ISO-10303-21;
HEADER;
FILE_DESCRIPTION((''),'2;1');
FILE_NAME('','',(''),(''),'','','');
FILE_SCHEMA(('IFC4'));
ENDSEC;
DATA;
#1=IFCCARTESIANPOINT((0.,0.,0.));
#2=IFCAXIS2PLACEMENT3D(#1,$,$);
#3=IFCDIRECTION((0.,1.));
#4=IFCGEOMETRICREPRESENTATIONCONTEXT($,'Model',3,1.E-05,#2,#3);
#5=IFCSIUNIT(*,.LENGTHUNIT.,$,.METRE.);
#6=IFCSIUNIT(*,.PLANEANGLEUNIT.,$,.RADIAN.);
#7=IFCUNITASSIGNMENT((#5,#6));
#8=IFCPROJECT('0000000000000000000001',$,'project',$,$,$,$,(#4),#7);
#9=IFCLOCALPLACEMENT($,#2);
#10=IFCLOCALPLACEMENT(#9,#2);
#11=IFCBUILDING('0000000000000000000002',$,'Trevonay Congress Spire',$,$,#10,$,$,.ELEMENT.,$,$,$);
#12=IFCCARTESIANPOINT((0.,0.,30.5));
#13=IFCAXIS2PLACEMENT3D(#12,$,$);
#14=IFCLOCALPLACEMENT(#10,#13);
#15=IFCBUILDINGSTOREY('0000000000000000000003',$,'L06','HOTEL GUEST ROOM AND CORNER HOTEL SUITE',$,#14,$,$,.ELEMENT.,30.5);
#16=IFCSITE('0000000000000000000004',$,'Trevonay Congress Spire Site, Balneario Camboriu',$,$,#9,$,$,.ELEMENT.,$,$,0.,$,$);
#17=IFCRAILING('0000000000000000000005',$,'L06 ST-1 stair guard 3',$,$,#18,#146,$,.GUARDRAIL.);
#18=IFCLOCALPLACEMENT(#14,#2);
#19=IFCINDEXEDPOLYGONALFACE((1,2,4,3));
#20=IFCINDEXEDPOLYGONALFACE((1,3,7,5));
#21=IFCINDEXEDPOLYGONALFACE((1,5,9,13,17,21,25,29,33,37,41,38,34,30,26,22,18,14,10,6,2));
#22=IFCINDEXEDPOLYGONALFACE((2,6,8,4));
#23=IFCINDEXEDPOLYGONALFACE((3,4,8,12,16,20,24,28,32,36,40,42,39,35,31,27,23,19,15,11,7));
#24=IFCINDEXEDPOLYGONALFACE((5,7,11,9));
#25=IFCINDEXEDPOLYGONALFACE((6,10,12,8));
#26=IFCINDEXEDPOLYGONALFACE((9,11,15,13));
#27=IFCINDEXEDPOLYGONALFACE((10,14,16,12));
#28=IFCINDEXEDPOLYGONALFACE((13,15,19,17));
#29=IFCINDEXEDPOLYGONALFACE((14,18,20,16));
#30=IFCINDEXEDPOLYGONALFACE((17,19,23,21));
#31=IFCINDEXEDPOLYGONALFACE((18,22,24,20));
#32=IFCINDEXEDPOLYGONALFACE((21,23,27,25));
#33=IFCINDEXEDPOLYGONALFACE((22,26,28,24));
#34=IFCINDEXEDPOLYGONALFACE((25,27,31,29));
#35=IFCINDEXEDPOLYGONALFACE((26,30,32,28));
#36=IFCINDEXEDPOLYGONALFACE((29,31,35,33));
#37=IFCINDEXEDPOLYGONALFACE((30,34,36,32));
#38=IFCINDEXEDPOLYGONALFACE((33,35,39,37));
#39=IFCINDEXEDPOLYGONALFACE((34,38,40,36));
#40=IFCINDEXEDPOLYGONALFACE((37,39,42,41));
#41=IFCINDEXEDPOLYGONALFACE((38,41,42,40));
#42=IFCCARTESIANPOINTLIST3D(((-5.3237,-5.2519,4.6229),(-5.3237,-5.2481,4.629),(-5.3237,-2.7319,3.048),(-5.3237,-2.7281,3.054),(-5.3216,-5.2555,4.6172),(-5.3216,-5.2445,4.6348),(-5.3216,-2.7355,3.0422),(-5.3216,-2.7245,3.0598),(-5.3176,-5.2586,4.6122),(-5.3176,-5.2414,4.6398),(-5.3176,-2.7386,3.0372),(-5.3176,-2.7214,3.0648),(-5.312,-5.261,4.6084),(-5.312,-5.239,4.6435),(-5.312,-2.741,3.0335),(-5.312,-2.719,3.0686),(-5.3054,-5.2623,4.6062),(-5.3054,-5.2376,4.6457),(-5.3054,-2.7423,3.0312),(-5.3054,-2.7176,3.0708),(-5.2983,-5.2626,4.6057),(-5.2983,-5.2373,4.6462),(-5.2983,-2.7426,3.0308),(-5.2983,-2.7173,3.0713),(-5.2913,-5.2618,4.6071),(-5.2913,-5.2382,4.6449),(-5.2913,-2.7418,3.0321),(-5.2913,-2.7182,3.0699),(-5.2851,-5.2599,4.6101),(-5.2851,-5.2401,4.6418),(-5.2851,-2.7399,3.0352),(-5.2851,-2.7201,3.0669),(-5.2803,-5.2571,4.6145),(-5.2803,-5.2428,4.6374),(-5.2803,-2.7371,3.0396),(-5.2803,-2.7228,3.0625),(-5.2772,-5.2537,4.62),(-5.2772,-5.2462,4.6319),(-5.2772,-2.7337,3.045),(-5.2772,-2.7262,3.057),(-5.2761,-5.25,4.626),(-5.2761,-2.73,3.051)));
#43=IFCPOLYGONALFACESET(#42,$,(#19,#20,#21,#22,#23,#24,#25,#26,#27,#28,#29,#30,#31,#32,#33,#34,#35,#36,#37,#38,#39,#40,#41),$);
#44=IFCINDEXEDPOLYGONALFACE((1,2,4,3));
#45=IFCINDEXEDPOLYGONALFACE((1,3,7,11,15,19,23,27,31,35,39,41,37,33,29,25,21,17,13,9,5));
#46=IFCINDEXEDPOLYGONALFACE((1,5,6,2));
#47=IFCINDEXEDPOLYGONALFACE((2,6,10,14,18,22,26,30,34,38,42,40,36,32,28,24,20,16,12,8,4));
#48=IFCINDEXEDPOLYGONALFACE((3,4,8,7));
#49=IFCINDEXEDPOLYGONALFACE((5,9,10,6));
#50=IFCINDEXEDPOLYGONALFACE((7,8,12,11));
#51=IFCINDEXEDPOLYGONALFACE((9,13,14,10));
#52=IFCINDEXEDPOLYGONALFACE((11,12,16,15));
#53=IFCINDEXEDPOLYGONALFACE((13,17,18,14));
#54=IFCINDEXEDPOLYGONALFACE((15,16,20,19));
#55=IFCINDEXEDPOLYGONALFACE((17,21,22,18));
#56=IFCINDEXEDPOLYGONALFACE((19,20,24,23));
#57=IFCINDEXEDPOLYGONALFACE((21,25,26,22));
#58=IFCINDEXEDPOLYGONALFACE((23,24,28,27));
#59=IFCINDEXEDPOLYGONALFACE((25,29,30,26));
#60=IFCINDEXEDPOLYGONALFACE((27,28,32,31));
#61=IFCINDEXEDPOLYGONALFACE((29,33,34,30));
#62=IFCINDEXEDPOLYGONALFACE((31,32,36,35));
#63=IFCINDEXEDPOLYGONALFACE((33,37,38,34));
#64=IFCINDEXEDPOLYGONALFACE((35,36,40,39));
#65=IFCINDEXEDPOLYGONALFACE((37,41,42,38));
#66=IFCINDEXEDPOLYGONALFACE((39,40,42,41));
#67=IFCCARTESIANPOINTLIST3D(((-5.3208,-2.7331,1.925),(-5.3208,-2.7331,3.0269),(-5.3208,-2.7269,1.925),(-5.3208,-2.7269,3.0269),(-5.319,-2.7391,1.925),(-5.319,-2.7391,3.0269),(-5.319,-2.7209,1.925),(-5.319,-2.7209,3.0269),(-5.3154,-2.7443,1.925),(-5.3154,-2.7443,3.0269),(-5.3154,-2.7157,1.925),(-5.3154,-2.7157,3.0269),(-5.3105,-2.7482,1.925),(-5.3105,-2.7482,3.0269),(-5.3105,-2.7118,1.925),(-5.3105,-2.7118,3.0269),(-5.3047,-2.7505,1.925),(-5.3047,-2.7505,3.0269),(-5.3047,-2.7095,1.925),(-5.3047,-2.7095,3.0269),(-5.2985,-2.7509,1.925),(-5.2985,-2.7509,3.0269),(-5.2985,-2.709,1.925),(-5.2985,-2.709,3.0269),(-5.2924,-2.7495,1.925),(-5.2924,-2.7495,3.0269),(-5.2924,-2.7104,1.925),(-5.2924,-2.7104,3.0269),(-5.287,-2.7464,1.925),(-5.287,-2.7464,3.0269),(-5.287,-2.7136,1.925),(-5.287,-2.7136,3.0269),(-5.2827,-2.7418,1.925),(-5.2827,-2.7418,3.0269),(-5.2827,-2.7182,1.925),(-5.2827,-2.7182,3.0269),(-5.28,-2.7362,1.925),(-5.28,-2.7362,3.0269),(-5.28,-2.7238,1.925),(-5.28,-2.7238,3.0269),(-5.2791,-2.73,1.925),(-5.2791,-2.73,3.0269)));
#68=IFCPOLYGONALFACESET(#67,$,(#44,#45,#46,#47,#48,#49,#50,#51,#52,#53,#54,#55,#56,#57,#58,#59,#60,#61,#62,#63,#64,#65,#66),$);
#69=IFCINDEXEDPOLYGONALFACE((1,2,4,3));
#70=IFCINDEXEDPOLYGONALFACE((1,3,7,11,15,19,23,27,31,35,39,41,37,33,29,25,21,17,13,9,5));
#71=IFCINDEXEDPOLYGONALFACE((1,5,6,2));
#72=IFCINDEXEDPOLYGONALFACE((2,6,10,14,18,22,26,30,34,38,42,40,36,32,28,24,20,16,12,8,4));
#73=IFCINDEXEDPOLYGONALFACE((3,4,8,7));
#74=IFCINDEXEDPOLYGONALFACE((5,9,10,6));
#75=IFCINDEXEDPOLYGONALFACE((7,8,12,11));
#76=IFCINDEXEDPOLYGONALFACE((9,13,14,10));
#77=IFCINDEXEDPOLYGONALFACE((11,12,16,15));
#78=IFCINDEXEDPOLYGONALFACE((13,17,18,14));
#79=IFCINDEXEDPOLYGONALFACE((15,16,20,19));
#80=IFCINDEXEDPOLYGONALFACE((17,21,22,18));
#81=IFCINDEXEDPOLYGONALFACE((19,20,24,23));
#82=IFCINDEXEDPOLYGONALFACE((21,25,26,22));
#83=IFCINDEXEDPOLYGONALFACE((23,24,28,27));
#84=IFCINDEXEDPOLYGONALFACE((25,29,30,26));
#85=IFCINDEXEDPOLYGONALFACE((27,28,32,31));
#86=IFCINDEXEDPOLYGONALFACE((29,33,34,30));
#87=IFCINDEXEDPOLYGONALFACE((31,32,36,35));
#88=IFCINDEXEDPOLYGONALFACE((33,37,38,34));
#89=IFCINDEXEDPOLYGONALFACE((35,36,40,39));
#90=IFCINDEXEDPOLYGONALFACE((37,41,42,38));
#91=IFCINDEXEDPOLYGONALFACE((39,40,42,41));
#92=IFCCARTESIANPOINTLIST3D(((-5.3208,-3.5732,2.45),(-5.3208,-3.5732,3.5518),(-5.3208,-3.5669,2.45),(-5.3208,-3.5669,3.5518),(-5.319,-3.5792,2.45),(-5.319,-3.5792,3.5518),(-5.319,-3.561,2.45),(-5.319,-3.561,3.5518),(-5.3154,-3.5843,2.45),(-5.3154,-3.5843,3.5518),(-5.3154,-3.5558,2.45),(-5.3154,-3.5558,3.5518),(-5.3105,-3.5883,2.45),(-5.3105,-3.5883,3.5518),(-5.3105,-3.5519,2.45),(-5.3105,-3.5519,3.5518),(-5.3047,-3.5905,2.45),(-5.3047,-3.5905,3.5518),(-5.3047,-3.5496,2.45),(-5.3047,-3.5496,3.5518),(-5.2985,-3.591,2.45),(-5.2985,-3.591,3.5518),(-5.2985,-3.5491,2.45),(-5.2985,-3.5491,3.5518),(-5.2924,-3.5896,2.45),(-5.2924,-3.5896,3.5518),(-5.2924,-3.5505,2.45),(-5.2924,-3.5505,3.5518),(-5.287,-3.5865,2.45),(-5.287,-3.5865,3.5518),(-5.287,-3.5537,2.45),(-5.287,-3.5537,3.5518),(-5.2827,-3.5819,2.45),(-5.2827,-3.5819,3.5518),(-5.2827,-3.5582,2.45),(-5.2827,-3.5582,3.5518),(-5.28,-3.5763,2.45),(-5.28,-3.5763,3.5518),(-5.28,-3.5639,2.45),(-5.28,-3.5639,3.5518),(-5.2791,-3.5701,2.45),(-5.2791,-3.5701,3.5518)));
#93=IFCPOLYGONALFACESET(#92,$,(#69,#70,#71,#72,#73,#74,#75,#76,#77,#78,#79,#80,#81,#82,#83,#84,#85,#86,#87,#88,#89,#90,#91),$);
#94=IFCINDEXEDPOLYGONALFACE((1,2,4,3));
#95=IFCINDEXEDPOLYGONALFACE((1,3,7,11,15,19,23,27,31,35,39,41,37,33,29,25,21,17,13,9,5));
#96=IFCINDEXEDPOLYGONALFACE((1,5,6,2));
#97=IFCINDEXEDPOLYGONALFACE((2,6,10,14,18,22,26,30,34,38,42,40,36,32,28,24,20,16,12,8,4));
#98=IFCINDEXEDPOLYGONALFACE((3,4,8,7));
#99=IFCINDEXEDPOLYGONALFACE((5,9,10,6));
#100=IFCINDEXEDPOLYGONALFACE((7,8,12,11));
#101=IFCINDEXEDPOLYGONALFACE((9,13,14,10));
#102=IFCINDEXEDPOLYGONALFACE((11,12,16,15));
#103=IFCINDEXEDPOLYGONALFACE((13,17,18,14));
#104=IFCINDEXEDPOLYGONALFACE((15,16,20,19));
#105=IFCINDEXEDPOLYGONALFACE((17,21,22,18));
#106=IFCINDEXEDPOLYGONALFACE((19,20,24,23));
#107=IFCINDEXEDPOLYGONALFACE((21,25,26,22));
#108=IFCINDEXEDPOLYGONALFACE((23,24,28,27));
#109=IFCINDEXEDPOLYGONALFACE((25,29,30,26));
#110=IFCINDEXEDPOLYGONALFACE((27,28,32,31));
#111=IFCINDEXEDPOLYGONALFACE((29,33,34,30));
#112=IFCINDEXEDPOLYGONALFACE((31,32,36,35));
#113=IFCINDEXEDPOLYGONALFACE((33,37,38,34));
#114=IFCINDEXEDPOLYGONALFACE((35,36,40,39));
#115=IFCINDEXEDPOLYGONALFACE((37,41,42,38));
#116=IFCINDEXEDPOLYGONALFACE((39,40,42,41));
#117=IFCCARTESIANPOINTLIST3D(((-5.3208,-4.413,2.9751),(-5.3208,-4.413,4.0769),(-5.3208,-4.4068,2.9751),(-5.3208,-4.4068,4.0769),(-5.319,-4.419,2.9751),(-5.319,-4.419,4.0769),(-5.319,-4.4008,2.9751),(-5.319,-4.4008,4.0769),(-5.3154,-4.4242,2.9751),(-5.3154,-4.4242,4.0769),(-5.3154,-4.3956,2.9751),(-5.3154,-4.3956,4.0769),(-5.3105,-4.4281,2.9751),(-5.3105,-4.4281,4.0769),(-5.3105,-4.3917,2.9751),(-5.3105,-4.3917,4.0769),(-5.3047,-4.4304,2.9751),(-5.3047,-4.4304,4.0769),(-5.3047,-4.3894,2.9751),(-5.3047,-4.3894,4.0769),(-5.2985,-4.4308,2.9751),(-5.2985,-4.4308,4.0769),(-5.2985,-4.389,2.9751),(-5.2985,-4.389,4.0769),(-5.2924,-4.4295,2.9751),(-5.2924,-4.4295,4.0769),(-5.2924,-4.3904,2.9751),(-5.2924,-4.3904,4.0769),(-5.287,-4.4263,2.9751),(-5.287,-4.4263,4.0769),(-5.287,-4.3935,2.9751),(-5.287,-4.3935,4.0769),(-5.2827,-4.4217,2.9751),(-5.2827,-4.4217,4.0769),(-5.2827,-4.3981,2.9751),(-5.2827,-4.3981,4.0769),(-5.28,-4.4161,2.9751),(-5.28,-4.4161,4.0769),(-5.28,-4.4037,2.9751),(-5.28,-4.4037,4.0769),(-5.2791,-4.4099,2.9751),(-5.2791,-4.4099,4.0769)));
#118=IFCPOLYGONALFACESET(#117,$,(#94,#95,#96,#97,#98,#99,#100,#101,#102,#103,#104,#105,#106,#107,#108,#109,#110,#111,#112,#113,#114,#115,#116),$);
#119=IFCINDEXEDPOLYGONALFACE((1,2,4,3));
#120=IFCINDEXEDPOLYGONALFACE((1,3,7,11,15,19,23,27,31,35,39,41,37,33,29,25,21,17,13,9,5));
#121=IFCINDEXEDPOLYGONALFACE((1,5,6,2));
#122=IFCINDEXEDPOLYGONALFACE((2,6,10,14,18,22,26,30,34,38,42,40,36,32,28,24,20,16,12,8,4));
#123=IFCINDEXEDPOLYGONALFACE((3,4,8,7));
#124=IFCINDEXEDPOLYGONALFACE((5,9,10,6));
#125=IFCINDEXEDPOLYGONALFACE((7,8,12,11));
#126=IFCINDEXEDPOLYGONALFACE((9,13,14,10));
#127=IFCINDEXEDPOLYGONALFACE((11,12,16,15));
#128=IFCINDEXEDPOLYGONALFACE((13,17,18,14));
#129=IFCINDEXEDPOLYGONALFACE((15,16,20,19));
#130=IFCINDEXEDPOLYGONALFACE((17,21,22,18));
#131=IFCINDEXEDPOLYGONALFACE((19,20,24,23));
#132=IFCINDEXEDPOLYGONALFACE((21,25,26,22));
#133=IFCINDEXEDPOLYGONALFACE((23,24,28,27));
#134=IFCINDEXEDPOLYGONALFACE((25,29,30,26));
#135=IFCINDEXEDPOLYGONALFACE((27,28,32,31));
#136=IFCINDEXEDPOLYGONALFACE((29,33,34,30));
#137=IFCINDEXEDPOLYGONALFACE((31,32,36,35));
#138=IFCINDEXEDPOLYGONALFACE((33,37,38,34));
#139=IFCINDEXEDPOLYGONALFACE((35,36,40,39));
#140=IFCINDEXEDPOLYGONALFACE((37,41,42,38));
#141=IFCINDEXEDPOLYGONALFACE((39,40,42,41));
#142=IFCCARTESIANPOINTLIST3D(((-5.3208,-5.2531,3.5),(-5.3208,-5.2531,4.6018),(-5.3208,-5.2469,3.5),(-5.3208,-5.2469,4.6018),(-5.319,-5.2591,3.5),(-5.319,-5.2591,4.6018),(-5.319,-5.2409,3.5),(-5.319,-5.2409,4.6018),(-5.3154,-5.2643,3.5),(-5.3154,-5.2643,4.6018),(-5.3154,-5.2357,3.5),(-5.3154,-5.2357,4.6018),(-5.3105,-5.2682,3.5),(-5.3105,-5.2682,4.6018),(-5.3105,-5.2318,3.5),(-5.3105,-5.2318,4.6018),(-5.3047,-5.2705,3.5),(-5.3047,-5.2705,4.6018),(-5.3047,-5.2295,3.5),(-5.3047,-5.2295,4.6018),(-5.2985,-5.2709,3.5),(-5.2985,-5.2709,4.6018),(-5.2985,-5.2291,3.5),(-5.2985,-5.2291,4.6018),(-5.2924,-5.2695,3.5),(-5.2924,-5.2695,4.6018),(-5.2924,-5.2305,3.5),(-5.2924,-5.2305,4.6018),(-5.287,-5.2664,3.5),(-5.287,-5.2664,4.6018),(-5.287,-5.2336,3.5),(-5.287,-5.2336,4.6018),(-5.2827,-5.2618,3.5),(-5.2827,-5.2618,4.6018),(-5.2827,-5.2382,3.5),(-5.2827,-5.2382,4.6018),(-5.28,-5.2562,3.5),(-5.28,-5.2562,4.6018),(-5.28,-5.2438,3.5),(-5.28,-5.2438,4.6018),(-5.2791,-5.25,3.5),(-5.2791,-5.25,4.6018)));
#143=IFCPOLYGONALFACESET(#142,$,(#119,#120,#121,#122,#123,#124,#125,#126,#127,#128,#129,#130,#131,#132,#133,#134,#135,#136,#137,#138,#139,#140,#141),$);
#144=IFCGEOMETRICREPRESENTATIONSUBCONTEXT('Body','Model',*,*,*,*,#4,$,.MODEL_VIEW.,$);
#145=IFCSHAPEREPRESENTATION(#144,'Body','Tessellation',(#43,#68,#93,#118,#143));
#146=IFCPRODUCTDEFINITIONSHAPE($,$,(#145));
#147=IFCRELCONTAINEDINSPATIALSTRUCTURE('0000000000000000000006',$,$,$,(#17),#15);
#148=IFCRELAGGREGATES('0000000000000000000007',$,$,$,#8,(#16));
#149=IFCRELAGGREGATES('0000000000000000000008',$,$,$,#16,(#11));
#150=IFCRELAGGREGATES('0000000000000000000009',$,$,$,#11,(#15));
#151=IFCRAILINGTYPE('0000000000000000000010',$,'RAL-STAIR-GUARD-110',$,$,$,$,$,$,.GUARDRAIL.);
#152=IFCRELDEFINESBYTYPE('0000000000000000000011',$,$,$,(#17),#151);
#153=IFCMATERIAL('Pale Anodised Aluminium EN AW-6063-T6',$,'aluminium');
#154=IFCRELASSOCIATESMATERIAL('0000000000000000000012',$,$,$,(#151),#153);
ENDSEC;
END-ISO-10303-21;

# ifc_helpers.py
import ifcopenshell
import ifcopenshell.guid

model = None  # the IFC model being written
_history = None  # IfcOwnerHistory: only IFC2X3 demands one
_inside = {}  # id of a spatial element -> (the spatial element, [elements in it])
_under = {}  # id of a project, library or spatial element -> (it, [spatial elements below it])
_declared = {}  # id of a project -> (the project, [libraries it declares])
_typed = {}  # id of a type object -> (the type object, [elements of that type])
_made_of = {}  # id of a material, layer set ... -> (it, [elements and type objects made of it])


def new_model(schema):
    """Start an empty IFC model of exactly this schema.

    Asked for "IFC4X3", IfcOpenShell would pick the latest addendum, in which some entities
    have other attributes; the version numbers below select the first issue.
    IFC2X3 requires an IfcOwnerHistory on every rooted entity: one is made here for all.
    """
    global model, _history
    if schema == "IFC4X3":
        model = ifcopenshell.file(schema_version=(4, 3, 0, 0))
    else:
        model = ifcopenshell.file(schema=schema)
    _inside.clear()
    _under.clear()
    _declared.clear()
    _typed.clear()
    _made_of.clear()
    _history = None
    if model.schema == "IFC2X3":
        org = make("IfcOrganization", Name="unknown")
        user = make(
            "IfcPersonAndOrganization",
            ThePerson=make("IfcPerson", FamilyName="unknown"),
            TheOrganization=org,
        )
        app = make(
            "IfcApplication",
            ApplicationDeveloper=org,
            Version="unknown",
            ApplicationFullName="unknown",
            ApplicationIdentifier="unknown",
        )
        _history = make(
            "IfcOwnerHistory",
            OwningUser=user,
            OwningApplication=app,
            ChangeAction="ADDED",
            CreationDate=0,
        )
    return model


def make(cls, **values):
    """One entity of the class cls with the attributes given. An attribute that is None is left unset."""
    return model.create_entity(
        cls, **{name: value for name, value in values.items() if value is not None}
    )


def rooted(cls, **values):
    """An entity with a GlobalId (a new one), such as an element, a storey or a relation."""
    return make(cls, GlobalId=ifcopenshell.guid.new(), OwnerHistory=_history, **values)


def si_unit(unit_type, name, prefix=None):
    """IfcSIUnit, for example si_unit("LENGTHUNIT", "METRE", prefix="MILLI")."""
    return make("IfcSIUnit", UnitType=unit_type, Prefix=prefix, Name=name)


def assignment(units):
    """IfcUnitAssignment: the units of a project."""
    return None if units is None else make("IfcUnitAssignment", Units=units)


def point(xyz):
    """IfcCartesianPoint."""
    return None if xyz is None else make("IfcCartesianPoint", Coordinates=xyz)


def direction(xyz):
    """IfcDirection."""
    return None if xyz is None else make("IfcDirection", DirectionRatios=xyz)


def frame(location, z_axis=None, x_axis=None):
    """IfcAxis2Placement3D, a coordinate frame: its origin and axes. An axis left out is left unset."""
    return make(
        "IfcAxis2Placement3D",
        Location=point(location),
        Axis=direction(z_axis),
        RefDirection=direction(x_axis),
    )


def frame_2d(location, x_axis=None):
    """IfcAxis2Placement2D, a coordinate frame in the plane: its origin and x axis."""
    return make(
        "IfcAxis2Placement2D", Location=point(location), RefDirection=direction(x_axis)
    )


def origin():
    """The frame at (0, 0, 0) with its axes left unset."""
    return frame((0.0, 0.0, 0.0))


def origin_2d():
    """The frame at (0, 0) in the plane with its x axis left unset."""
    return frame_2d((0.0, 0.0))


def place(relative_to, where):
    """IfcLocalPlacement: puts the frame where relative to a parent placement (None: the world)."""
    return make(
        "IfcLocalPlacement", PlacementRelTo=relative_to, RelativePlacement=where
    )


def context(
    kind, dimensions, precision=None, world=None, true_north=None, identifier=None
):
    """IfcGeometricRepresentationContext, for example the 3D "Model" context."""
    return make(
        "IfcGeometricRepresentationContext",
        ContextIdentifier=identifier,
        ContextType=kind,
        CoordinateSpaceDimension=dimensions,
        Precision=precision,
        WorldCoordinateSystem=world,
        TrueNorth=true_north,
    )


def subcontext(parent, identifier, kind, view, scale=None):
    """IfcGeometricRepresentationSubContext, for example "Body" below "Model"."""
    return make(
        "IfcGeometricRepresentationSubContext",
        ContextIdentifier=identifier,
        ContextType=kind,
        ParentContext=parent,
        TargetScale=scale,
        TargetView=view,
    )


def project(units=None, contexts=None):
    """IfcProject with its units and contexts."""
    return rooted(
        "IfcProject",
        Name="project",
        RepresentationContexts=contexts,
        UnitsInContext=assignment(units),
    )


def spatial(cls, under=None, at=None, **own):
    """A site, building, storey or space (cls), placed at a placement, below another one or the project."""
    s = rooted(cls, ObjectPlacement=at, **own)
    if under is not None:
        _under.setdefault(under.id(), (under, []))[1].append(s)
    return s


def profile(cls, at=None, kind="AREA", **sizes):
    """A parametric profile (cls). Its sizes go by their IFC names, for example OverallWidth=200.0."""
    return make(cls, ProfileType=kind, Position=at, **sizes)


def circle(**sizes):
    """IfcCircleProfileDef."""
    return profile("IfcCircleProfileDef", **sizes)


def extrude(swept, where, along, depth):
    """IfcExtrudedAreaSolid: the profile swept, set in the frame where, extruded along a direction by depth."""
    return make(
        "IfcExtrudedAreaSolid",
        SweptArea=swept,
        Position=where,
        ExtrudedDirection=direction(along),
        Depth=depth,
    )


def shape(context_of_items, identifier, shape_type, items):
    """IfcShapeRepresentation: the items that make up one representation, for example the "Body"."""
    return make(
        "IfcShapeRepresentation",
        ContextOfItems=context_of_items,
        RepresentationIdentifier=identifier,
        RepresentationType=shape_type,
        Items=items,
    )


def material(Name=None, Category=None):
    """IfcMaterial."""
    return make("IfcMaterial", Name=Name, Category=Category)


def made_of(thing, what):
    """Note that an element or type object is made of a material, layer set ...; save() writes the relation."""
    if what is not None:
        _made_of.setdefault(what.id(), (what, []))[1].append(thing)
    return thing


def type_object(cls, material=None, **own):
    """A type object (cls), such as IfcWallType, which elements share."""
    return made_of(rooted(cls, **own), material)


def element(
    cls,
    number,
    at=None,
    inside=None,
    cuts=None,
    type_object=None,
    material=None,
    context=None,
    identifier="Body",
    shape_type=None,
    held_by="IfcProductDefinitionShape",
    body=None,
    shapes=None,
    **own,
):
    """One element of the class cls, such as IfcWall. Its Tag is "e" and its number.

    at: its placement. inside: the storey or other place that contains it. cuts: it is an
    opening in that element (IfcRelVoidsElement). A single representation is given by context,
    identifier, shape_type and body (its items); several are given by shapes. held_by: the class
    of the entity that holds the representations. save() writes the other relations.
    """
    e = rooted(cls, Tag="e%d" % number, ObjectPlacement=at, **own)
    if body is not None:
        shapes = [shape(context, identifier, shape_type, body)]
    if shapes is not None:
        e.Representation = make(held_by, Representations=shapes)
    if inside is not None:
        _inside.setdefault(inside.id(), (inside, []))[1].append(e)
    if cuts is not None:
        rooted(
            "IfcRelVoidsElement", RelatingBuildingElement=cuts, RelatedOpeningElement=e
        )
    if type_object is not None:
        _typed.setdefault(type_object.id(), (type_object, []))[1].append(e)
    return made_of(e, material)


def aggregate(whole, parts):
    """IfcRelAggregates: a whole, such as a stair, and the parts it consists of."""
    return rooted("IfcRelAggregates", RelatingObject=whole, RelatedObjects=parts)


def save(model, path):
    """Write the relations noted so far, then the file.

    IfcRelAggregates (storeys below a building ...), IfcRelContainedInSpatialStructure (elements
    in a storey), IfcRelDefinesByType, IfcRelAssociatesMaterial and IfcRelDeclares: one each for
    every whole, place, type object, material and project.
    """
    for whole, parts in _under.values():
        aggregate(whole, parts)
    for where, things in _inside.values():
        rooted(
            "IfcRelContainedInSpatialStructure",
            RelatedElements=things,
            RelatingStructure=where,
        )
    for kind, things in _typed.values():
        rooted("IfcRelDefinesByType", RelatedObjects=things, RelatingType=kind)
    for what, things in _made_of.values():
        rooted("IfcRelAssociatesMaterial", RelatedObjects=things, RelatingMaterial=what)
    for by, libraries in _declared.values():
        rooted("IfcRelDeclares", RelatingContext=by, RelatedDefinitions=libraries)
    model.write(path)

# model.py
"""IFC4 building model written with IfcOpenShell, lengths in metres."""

from ifc_helpers import new_model, si_unit, direction, frame, origin, origin_2d, place, context, subcontext, project, spatial, circle, extrude, material, type_object, element, save


model = new_model("IFC4")

# Units and contexts
model_context = context("Model", 3, precision=1e-05, world=origin(), true_north=direction((0.0, 1.0)))
body_context = subcontext(model_context, "Body", "Model", "MODEL_VIEW")
ifc_project = project(units=[si_unit("LENGTHUNIT", "METRE"), si_unit("PLANEANGLEUNIT", "RADIAN")], contexts=[model_context])

# Site, building, storey
site_placement = place(None, origin())
site = spatial("IfcSite", under=ifc_project, at=site_placement, Name="Trevonay Congress Spire Site, Balneario Camboriu", CompositionType="ELEMENT", RefElevation=0.0)
building_placement = place(site_placement, origin())
building = spatial("IfcBuilding", under=site, at=building_placement, Name="Trevonay Congress Spire", CompositionType="ELEMENT")
storey_placement = place(building_placement, frame((0.0, 0.0, 30.5)))
storey = spatial("IfcBuildingStorey", under=building, at=storey_placement, Name="L06", Description="HOTEL GUEST ROOM AND CORNER HOTEL SUITE", CompositionType="ELEMENT", Elevation=30.5)

# Shared definitions
ifc_material_1 = material(Name="Pale Anodised Aluminium EN AW-6063-T6", Category="aluminium")

# Railing
railing_type_1 = type_object("IfcRailingType", Name="RAL-STAIR-GUARD-110", PredefinedType="GUARDRAIL", material=ifc_material_1)
railing_1_placement = place(storey_placement, frame((-5.3, -2.73, 1.925)))
element("IfcRailing", 1, at=railing_1_placement, inside=storey, type_object=railing_type_1, Name="L06 ST-1 stair guard 3", PredefinedType="GUARDRAIL", context=body_context, shape_type="SweptSolid", body=[
    extrude(circle(Radius=0.0239, at=origin_2d()), frame((0.0, 0.0, 1.126), z_axis=(0.0, -0.848008, 0.529984), x_axis=(1.0, 0.0, 0.0)), (0.0, 0.0, 1.0), 2.9717),
    extrude(circle(Radius=0.021, at=origin_2d()), origin(), (0.0, 0.0, 1.0), 1.1018),
    extrude(circle(Radius=0.021, at=origin_2d()), frame((0.0, -0.8401, 0.5249)), (0.0, 0.0, 1.0), 1.1018),
    extrude(circle(Radius=0.021, at=origin_2d()), frame((0.0, -1.6799, 1.05)), (0.0, 0.0, 1.0), 1.1018),
    extrude(circle(Radius=0.021, at=origin_2d()), frame((0.0, -2.52, 1.575)), (0.0, 0.0, 1.0), 1.1018),
])

save(model, "model.ifc")
